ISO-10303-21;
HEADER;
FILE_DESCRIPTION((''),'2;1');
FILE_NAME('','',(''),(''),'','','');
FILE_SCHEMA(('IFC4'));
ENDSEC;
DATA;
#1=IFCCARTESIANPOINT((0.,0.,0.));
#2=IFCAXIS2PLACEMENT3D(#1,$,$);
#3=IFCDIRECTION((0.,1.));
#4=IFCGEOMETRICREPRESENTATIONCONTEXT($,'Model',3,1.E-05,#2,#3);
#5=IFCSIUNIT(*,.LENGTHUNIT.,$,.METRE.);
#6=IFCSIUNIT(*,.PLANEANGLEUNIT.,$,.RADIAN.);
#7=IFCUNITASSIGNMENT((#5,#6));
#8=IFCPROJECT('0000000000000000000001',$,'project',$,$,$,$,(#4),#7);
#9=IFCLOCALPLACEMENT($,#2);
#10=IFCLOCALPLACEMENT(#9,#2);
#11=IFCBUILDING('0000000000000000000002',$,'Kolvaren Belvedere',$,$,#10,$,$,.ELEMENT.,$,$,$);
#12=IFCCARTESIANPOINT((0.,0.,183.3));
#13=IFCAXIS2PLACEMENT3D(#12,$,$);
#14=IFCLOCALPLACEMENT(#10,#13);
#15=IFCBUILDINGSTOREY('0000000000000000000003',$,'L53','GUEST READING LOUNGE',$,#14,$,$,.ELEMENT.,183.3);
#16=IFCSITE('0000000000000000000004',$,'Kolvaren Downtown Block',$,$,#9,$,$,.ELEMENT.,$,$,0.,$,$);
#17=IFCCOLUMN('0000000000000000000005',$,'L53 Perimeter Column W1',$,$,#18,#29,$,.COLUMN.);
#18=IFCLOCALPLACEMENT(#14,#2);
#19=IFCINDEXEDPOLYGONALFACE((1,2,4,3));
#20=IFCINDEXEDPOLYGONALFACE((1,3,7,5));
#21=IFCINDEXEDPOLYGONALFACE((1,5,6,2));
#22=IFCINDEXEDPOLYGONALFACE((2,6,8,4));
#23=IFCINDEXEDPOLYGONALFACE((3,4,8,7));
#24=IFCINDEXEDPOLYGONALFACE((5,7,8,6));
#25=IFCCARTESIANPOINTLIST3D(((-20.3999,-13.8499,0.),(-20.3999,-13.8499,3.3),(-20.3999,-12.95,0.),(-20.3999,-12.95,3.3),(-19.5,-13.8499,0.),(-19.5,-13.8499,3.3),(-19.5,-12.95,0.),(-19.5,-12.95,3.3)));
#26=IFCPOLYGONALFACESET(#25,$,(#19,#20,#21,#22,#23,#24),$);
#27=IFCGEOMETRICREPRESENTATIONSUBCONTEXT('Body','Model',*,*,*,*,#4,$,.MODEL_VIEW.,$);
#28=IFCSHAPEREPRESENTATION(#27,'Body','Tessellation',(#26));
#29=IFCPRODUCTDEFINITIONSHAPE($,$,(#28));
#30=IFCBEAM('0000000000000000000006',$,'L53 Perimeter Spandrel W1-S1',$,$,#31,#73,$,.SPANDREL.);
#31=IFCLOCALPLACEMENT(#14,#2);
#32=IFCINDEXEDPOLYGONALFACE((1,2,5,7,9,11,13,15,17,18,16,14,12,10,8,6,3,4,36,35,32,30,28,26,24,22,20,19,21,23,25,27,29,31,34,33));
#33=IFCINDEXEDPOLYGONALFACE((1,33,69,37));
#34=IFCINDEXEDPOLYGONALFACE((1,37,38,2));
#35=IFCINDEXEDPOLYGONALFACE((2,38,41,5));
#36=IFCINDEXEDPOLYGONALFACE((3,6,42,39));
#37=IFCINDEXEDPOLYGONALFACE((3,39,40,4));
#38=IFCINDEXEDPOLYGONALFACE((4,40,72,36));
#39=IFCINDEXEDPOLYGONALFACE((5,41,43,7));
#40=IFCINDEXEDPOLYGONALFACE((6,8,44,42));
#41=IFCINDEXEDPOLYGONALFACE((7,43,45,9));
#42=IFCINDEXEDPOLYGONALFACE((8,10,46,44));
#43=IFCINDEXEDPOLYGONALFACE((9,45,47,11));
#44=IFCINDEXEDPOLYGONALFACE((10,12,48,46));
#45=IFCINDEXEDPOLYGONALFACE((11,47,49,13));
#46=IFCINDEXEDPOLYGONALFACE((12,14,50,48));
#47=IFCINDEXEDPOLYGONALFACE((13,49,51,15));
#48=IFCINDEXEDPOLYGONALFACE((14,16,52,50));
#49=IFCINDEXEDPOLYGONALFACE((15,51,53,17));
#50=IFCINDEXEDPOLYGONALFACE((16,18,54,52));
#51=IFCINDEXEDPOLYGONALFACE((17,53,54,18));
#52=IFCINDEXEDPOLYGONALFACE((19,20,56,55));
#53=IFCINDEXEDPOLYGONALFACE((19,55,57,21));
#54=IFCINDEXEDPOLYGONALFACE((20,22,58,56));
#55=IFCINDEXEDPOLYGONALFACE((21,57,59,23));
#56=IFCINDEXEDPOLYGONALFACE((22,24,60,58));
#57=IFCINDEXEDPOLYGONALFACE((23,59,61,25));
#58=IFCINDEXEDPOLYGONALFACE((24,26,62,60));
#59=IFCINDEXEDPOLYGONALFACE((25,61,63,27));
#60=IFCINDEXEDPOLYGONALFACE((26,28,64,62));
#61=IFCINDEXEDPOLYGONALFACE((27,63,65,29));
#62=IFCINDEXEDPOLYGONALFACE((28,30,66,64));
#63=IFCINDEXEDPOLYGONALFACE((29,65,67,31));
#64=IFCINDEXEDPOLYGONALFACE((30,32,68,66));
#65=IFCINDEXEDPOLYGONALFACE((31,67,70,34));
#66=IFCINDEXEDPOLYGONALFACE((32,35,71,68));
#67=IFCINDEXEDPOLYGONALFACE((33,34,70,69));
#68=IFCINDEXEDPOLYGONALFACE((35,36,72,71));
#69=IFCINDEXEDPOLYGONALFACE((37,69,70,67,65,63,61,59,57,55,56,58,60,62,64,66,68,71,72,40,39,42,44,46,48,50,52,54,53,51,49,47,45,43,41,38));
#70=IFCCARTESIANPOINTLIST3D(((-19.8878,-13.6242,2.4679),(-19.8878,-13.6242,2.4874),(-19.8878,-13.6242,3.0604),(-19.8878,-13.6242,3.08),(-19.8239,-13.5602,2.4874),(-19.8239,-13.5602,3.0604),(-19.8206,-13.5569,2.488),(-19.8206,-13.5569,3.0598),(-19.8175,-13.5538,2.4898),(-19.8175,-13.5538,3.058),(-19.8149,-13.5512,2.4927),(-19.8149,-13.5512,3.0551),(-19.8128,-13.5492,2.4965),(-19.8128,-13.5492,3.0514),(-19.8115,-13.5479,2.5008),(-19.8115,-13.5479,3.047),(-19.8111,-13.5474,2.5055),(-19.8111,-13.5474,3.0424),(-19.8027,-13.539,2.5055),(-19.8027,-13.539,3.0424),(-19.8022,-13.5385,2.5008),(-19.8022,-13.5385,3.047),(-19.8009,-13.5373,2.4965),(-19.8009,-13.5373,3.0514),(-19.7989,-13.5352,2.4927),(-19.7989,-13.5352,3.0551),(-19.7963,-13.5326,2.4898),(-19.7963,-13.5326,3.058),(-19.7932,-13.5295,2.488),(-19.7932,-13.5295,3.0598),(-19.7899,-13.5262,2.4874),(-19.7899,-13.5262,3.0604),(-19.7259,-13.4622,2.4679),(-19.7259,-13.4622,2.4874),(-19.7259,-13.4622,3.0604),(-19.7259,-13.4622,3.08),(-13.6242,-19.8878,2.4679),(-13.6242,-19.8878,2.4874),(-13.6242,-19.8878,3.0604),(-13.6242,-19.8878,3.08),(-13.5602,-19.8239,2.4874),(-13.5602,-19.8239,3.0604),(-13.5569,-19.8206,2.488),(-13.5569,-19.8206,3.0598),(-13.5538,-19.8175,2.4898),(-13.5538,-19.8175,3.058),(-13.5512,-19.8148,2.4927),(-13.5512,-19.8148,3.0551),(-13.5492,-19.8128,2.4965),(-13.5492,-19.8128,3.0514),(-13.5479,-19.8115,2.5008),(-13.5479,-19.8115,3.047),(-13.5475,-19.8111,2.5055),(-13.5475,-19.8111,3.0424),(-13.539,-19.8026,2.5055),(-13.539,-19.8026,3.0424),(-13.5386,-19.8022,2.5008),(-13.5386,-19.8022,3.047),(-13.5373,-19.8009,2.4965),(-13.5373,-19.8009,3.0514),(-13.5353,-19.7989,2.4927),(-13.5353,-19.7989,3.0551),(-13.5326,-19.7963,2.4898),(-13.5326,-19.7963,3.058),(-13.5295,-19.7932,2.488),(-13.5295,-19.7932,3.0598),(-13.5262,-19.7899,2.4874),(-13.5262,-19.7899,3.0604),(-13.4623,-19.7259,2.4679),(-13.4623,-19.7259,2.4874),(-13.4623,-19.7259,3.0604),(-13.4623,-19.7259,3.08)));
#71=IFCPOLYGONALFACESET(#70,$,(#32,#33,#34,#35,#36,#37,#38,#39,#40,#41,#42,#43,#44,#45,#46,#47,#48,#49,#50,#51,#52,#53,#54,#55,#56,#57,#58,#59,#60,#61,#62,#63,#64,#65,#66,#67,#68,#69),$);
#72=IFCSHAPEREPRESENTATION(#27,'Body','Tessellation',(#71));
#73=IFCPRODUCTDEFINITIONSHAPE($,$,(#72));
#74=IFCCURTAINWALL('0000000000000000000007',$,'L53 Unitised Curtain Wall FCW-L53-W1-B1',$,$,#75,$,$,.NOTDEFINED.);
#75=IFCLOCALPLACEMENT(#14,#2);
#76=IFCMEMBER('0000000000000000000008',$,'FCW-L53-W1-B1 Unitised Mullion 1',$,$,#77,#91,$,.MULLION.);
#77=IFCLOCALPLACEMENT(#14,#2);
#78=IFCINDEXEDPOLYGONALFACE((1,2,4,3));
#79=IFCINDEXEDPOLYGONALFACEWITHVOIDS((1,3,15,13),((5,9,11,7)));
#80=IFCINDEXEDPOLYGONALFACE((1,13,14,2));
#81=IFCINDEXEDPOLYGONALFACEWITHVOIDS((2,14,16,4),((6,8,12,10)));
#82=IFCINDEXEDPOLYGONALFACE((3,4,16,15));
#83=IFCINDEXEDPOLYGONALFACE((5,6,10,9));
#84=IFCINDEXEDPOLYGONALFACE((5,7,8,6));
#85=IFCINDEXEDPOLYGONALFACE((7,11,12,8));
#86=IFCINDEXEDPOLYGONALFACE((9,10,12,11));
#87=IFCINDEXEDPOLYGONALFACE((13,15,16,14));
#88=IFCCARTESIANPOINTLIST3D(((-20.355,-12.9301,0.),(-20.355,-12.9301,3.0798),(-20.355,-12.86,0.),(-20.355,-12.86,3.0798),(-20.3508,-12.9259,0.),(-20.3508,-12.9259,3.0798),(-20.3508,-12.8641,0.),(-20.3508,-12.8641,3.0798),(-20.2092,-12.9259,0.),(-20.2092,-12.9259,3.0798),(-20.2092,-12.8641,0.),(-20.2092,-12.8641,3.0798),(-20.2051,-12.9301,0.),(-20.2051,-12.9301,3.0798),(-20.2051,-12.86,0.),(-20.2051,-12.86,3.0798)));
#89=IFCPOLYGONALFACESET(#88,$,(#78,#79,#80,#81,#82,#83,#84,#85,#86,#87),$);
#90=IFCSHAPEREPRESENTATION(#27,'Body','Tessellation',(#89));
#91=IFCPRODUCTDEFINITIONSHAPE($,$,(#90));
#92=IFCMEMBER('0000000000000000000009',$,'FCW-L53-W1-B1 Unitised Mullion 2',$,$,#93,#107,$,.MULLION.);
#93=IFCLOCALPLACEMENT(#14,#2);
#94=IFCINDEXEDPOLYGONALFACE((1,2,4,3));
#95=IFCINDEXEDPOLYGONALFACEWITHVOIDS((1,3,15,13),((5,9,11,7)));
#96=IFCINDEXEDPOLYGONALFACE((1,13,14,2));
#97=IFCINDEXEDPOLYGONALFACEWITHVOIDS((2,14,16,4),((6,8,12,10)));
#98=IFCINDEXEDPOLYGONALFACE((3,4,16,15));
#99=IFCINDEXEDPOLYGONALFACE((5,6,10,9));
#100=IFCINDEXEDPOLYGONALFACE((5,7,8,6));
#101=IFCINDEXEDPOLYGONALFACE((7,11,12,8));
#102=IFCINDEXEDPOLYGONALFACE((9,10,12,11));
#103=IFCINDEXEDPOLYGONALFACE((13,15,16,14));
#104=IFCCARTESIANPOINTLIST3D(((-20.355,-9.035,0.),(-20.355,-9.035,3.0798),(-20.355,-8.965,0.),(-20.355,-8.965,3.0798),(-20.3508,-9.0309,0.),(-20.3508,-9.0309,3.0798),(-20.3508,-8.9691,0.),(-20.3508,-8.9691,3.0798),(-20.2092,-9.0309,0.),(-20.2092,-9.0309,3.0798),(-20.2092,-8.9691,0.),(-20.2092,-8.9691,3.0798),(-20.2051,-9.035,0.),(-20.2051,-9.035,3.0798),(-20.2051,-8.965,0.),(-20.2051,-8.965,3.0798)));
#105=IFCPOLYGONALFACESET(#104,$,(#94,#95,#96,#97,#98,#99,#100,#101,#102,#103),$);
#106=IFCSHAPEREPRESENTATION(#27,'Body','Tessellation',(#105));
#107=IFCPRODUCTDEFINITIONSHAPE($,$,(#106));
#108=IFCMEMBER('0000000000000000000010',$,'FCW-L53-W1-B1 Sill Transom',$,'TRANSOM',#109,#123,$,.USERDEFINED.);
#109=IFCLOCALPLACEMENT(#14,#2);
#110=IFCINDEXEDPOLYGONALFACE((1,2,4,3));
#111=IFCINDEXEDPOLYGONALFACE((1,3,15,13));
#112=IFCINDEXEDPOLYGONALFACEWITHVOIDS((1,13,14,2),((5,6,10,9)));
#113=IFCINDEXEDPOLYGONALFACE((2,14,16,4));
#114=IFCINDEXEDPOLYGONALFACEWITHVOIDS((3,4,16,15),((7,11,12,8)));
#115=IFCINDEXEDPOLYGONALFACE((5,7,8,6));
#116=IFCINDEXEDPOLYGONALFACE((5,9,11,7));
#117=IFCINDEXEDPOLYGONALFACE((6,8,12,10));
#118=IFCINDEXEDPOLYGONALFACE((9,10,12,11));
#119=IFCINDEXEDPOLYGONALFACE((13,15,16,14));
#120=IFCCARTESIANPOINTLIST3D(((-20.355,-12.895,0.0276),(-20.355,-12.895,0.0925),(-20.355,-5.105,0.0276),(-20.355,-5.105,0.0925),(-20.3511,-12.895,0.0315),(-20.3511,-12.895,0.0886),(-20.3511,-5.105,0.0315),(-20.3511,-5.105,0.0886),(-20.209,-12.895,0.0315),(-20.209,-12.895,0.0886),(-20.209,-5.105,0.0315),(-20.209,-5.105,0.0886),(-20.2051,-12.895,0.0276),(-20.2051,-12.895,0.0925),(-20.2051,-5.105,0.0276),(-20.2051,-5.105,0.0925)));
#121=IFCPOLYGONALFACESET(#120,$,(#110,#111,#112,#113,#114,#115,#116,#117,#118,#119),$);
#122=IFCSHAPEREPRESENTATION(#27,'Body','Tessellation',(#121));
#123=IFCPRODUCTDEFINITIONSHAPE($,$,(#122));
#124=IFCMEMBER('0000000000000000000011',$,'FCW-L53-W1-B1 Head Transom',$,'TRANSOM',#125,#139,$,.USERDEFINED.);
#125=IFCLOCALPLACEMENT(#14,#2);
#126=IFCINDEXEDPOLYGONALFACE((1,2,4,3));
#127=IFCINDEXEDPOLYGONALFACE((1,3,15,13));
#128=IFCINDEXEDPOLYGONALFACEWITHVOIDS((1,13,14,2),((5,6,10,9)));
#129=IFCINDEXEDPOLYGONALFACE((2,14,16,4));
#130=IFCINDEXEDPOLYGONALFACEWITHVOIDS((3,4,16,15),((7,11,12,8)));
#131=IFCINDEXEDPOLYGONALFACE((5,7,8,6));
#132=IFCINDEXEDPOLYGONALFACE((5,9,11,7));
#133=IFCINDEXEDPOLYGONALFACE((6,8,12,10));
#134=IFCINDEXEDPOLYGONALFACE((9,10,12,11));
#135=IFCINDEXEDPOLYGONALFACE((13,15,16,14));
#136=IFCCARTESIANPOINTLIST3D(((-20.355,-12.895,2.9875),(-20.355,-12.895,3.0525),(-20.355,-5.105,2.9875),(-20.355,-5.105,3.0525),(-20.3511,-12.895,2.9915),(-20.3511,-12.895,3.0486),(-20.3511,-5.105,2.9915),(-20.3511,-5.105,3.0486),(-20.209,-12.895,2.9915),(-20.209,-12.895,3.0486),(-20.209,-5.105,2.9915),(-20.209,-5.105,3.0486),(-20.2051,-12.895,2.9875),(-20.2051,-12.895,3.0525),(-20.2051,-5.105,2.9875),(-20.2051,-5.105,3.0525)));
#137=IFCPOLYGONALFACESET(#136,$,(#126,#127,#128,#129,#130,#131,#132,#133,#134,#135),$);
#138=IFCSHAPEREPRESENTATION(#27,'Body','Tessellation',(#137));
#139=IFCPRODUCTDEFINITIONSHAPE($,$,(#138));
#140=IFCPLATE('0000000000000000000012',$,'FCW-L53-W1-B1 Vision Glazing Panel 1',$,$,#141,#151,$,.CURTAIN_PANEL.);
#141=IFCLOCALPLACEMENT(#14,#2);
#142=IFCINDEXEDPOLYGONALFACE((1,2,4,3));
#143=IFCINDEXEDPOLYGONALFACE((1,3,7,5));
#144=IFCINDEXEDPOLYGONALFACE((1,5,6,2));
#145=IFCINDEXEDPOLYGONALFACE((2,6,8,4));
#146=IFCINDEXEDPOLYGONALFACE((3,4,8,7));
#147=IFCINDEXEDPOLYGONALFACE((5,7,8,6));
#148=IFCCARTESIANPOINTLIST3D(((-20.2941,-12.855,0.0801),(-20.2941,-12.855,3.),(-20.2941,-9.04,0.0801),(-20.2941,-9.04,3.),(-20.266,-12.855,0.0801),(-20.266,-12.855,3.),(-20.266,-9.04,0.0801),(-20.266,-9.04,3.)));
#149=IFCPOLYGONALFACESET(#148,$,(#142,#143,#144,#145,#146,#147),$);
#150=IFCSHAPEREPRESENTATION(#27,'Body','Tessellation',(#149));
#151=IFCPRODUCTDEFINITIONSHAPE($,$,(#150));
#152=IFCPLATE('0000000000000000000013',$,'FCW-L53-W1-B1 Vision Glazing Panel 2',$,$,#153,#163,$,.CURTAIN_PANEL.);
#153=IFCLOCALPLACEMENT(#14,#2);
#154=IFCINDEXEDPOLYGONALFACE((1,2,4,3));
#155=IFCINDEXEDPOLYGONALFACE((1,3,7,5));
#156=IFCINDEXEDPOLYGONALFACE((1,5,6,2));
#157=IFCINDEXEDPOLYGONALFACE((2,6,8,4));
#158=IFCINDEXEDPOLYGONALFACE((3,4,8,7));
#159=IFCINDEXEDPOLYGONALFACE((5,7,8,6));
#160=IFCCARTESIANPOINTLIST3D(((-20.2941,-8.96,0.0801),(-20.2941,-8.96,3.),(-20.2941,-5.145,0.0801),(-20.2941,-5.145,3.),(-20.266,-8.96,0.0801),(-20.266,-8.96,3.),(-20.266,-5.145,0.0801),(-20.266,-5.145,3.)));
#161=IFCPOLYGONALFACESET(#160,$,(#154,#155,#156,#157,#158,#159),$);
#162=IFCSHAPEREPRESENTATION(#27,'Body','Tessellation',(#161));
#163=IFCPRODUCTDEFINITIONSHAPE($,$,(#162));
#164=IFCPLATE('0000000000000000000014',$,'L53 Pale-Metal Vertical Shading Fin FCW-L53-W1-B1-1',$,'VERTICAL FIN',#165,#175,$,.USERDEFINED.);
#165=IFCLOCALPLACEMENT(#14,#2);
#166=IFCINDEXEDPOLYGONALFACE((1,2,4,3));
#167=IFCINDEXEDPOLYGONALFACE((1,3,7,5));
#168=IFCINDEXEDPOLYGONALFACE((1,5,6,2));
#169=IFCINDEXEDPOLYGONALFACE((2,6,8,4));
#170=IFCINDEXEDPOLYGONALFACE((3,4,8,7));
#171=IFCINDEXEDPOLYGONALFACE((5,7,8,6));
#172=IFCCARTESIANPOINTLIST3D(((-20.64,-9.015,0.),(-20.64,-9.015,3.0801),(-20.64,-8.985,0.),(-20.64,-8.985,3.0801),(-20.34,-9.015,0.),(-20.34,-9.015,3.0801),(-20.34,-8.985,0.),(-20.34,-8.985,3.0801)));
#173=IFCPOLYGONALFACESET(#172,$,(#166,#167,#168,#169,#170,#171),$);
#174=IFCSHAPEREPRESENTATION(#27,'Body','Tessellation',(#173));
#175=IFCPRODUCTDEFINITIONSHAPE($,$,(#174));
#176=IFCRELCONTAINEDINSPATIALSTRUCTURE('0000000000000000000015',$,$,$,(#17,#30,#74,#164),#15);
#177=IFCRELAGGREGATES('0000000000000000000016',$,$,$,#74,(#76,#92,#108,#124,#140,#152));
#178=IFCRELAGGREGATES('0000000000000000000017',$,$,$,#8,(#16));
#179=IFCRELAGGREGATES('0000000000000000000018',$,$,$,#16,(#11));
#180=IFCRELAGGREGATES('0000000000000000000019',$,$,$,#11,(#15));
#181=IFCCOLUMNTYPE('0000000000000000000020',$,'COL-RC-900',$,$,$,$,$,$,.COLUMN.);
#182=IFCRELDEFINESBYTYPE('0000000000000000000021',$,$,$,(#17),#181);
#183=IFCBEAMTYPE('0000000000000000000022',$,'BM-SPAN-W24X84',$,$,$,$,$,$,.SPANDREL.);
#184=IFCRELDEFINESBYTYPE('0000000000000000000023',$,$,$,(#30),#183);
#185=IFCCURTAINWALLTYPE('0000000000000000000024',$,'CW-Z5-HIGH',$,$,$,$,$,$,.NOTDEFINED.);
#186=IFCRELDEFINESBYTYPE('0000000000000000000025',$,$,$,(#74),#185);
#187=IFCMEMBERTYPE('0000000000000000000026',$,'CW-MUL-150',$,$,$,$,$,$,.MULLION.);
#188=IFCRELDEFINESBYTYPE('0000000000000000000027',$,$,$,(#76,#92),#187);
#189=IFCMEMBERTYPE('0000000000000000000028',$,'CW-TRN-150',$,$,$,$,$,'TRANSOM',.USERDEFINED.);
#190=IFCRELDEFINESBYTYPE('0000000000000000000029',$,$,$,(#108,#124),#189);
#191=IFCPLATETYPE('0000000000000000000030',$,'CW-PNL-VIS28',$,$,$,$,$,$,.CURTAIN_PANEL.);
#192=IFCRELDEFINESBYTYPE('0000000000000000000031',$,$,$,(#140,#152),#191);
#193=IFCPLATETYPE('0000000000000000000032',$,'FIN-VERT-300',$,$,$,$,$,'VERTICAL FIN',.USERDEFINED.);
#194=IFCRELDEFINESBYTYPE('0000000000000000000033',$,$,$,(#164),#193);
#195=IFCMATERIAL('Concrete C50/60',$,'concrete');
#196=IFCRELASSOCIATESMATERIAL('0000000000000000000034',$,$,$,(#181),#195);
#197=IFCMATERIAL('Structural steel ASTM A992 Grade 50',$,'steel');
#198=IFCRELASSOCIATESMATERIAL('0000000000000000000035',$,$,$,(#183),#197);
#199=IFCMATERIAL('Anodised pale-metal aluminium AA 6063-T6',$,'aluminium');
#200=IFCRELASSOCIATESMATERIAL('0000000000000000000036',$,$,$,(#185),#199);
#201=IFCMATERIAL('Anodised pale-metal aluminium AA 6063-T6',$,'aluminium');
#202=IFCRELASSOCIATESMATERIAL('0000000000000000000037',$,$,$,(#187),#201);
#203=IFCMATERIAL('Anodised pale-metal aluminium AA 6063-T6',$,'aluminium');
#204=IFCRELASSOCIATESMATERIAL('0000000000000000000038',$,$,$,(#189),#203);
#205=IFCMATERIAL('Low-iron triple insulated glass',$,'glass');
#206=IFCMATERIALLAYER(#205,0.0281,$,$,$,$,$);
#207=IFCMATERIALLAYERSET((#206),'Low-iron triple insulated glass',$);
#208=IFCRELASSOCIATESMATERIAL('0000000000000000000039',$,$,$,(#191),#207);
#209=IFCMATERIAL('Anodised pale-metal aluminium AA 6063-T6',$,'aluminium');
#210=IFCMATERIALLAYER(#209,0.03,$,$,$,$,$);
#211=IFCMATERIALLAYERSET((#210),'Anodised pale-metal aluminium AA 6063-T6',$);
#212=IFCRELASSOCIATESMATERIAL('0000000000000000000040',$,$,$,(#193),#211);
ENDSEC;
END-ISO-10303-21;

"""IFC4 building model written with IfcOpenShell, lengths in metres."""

from ifc_helpers import new_model, si_unit, direction, frame, origin, origin_2d, place, context, subcontext, project, spatial, rectangle, hollow_rectangle, i_section, extrude, material, layer, layer_set, material_profile, profile_set, type_object, element, aggregate, save


model = new_model("IFC4")

# Units and contexts
model_context = context("Model", 3, precision=1e-05, world=origin(), true_north=direction((0.0, 1.0)))
body_context = subcontext(model_context, "Body", "Model", "MODEL_VIEW")
ifc_project = project(units=[si_unit("LENGTHUNIT", "METRE"), si_unit("PLANEANGLEUNIT", "RADIAN")], contexts=[model_context])

# Site, building, storey
site_placement = place(None, origin())
site = spatial("IfcSite", under=ifc_project, at=site_placement, Name="Kolvaren Downtown Block", CompositionType="ELEMENT", RefElevation=0.0)
building_placement = place(site_placement, origin())
building = spatial("IfcBuilding", under=site, at=building_placement, Name="Kolvaren Belvedere", CompositionType="ELEMENT")
storey_placement = place(building_placement, frame((0.0, 0.0, 183.3)))
storey = spatial("IfcBuildingStorey", under=building, at=storey_placement, Name="L53", Description="GUEST READING LOUNGE", CompositionType="ELEMENT", Elevation=183.3)

# Column
ifc_material_1 = material(Name="Concrete C50/60", Category="concrete")
ifc_material_profile_1 = material_profile(ifc_material_1, rectangle(XDim=0.8999, YDim=0.8999, at=origin_2d()), Name="RC 900X900")
ifc_profile_set_1 = profile_set([ifc_material_profile_1], Name="Concrete C50/60")
column_type = type_object("IfcColumnType", Name="COL-RC-900", PredefinedType="COLUMN", material=ifc_profile_set_1)
column_placement = place(storey_placement, frame((-19.95, -13.3999, 0.0), z_axis=(0.0, 0.0, 1.0), x_axis=(1.0, 0.0, 0.0)))
element("IfcColumn", 1, at=column_placement, inside=storey, type_object=column_type, Name="L53 Perimeter Column W1", PredefinedType="COLUMN", context=body_context, shape_type="SweptSolid", body=[
    extrude(rectangle(XDim=0.8999, YDim=0.8999, at=origin_2d()), origin(), (0.0, 0.0, 1.0), 3.3),
])

# Beam
ifc_material_2 = material(Name="Structural steel ASTM A992 Grade 50", Category="steel")
ifc_material_profile_2 = material_profile(ifc_material_2, i_section(OverallWidth=0.229, OverallDepth=0.6121, WebThickness=0.012, FlangeThickness=0.0195, FilletRadius=0.0181, at=origin_2d()), Name="W24X84")
ifc_profile_set_2 = profile_set([ifc_material_profile_2], Name="Structural steel ASTM A992 Grade 50")
beam_type = type_object("IfcBeamType", Name="BM-SPAN-W24X84", PredefinedType="SPANDREL", material=ifc_profile_set_2)
beam_placement = place(storey_placement, frame((-19.8069, -13.5432, 2.7739), z_axis=(0.707107, -0.707107, 0.0), x_axis=(0.707107, 0.707107, 0.0)))
element("IfcBeam", 2, at=beam_placement, inside=storey, type_object=beam_type, Name="L53 Perimeter Spandrel W1-S1", PredefinedType="SPANDREL", context=body_context, shape_type="SweptSolid", body=[
    extrude(i_section(OverallWidth=0.229, OverallDepth=0.6121, WebThickness=0.012, FlangeThickness=0.0195, FilletRadius=0.0181, at=origin_2d()), origin(), (0.0, 0.0, 1.0), 8.8582),
])

# Curtain wall, members, plates
ifc_material_3 = material(Name="Anodised pale-metal aluminium AA 6063-T6", Category="aluminium")
curtain_wall_type = type_object("IfcCurtainWallType", Name="CW-Z5-HIGH", PredefinedType="NOTDEFINED", material=ifc_material_3)
curtain_wall_placement = place(storey_placement, origin())
curtain_wall = element("IfcCurtainWall", 3, at=curtain_wall_placement, inside=storey, type_object=curtain_wall_type, Name="L53 Unitised Curtain Wall FCW-L53-W1-B1", PredefinedType="NOTDEFINED")
ifc_material_4 = material(Name="Anodised pale-metal aluminium AA 6063-T6", Category="aluminium")
ifc_material_profile_3 = material_profile(ifc_material_4, hollow_rectangle(XDim=0.0701, YDim=0.1499, WallThickness=0.0042, at=origin_2d()), Name="ALU-MUL-150X70")
ifc_profile_set_3 = profile_set([ifc_material_profile_3], Name="Anodised pale-metal aluminium AA 6063-T6")
member_type_1 = type_object("IfcMemberType", Name="CW-MUL-150", PredefinedType="MULLION", material=ifc_profile_set_3)
member_1_placement = place(storey_placement, frame((-20.28, -12.895, 0.0), z_axis=(0.0, 0.0, 1.0), x_axis=(0.0, 1.0, 0.0)))
member_1 = element("IfcMember", 4, at=member_1_placement, type_object=member_type_1, Name="FCW-L53-W1-B1 Unitised Mullion 1", PredefinedType="MULLION", context=body_context, shape_type="SweptSolid", body=[
    extrude(hollow_rectangle(XDim=0.0701, YDim=0.1499, WallThickness=0.0042, at=origin_2d()), origin(), (0.0, 0.0, 1.0), 3.0798),
])
member_2_placement = place(storey_placement, frame((-20.28, -9.0, 0.0), z_axis=(0.0, 0.0, 1.0), x_axis=(0.0, 1.0, 0.0)))
member_2 = element("IfcMember", 5, at=member_2_placement, type_object=member_type_1, Name="FCW-L53-W1-B1 Unitised Mullion 2", PredefinedType="MULLION", context=body_context, shape_type="SweptSolid", body=[
    extrude(hollow_rectangle(XDim=0.0701, YDim=0.1499, WallThickness=0.0042, at=origin_2d()), origin(), (0.0, 0.0, 1.0), 3.0798),
])
ifc_material_5 = material(Name="Anodised pale-metal aluminium AA 6063-T6", Category="aluminium")
ifc_material_profile_4 = material_profile(ifc_material_5, hollow_rectangle(XDim=0.0649, YDim=0.1499, WallThickness=0.0039, at=origin_2d()), Name="ALU-TRN-150X65")
ifc_profile_set_4 = profile_set([ifc_material_profile_4], Name="Anodised pale-metal aluminium AA 6063-T6")
member_type_2 = type_object("IfcMemberType", Name="CW-TRN-150", ElementType="TRANSOM", PredefinedType="USERDEFINED", material=ifc_profile_set_4)
member_3_placement = place(storey_placement, frame((-20.28, -12.895, 0.0601), z_axis=(0.0, 1.0, 0.0), x_axis=(0.0, 0.0, 1.0)))
member_3 = element("IfcMember", 6, at=member_3_placement, type_object=member_type_2, Name="FCW-L53-W1-B1 Sill Transom", ObjectType="TRANSOM", PredefinedType="USERDEFINED", context=body_context, shape_type="SweptSolid", body=[
    extrude(hollow_rectangle(XDim=0.0649, YDim=0.1499, WallThickness=0.0039, at=origin_2d()), origin(), (0.0, 0.0, 1.0), 7.79),
])
member_4_placement = place(storey_placement, frame((-20.28, -12.895, 3.02), z_axis=(0.0, 1.0, 0.0), x_axis=(0.0, 0.0, 1.0)))
member_4 = element("IfcMember", 7, at=member_4_placement, type_object=member_type_2, Name="FCW-L53-W1-B1 Head Transom", ObjectType="TRANSOM", PredefinedType="USERDEFINED", context=body_context, shape_type="SweptSolid", body=[
    extrude(hollow_rectangle(XDim=0.0649, YDim=0.1499, WallThickness=0.0039, at=origin_2d()), origin(), (0.0, 0.0, 1.0), 7.79),
])
ifc_material_6 = material(Name="Low-iron triple insulated glass", Category="glass")
ifc_layer_1 = layer(ifc_material_6, 0.0281)
ifc_layer_set_1 = layer_set([ifc_layer_1], Name="Low-iron triple insulated glass")
plate_type_1 = type_object("IfcPlateType", Name="CW-PNL-VIS28", PredefinedType="CURTAIN_PANEL", material=ifc_layer_set_1)
plate_1_placement = place(storey_placement, frame((-20.28, -10.9475, 0.0801), z_axis=(0.0, 0.0, 1.0), x_axis=(0.0, 1.0, 0.0)))
plate_1 = element("IfcPlate", 8, at=plate_1_placement, type_object=plate_type_1, Name="FCW-L53-W1-B1 Vision Glazing Panel 1", PredefinedType="CURTAIN_PANEL", context=body_context, shape_type="SweptSolid", body=[
    extrude(rectangle(XDim=3.8149, YDim=0.0281, at=origin_2d()), origin(), (0.0, 0.0, 1.0), 2.9199),
])
plate_2_placement = place(storey_placement, frame((-20.28, -7.0525, 0.0801), z_axis=(0.0, 0.0, 1.0), x_axis=(0.0, 1.0, 0.0)))
plate_2 = element("IfcPlate", 9, at=plate_2_placement, type_object=plate_type_1, Name="FCW-L53-W1-B1 Vision Glazing Panel 2", PredefinedType="CURTAIN_PANEL", context=body_context, shape_type="SweptSolid", body=[
    extrude(rectangle(XDim=3.8149, YDim=0.0281, at=origin_2d()), origin(), (0.0, 0.0, 1.0), 2.9199),
])
aggregate(curtain_wall, [member_1, member_2, member_3, member_4, plate_1, plate_2])

# Plate
ifc_material_7 = material(Name="Anodised pale-metal aluminium AA 6063-T6", Category="aluminium")
ifc_layer_2 = layer(ifc_material_7, 0.03)
ifc_layer_set_2 = layer_set([ifc_layer_2], Name="Anodised pale-metal aluminium AA 6063-T6")
plate_type_2 = type_object("IfcPlateType", Name="FIN-VERT-300", ElementType="VERTICAL FIN", PredefinedType="USERDEFINED", material=ifc_layer_set_2)
plate_3_placement = place(storey_placement, frame((-20.49, -9.0, 0.0), z_axis=(0.0, 0.0, 1.0), x_axis=(1.0, 0.0, 0.0)))
element("IfcPlate", 10, at=plate_3_placement, inside=storey, type_object=plate_type_2, Name="L53 Pale-Metal Vertical Shading Fin FCW-L53-W1-B1-1", ObjectType="VERTICAL FIN", PredefinedType="USERDEFINED", context=body_context, shape_type="SweptSolid", body=[
    extrude(rectangle(XDim=0.3, YDim=0.03, at=origin_2d()), origin(), (0.0, 0.0, 1.0), 3.0801),
])

save(model, "model.ifc")
